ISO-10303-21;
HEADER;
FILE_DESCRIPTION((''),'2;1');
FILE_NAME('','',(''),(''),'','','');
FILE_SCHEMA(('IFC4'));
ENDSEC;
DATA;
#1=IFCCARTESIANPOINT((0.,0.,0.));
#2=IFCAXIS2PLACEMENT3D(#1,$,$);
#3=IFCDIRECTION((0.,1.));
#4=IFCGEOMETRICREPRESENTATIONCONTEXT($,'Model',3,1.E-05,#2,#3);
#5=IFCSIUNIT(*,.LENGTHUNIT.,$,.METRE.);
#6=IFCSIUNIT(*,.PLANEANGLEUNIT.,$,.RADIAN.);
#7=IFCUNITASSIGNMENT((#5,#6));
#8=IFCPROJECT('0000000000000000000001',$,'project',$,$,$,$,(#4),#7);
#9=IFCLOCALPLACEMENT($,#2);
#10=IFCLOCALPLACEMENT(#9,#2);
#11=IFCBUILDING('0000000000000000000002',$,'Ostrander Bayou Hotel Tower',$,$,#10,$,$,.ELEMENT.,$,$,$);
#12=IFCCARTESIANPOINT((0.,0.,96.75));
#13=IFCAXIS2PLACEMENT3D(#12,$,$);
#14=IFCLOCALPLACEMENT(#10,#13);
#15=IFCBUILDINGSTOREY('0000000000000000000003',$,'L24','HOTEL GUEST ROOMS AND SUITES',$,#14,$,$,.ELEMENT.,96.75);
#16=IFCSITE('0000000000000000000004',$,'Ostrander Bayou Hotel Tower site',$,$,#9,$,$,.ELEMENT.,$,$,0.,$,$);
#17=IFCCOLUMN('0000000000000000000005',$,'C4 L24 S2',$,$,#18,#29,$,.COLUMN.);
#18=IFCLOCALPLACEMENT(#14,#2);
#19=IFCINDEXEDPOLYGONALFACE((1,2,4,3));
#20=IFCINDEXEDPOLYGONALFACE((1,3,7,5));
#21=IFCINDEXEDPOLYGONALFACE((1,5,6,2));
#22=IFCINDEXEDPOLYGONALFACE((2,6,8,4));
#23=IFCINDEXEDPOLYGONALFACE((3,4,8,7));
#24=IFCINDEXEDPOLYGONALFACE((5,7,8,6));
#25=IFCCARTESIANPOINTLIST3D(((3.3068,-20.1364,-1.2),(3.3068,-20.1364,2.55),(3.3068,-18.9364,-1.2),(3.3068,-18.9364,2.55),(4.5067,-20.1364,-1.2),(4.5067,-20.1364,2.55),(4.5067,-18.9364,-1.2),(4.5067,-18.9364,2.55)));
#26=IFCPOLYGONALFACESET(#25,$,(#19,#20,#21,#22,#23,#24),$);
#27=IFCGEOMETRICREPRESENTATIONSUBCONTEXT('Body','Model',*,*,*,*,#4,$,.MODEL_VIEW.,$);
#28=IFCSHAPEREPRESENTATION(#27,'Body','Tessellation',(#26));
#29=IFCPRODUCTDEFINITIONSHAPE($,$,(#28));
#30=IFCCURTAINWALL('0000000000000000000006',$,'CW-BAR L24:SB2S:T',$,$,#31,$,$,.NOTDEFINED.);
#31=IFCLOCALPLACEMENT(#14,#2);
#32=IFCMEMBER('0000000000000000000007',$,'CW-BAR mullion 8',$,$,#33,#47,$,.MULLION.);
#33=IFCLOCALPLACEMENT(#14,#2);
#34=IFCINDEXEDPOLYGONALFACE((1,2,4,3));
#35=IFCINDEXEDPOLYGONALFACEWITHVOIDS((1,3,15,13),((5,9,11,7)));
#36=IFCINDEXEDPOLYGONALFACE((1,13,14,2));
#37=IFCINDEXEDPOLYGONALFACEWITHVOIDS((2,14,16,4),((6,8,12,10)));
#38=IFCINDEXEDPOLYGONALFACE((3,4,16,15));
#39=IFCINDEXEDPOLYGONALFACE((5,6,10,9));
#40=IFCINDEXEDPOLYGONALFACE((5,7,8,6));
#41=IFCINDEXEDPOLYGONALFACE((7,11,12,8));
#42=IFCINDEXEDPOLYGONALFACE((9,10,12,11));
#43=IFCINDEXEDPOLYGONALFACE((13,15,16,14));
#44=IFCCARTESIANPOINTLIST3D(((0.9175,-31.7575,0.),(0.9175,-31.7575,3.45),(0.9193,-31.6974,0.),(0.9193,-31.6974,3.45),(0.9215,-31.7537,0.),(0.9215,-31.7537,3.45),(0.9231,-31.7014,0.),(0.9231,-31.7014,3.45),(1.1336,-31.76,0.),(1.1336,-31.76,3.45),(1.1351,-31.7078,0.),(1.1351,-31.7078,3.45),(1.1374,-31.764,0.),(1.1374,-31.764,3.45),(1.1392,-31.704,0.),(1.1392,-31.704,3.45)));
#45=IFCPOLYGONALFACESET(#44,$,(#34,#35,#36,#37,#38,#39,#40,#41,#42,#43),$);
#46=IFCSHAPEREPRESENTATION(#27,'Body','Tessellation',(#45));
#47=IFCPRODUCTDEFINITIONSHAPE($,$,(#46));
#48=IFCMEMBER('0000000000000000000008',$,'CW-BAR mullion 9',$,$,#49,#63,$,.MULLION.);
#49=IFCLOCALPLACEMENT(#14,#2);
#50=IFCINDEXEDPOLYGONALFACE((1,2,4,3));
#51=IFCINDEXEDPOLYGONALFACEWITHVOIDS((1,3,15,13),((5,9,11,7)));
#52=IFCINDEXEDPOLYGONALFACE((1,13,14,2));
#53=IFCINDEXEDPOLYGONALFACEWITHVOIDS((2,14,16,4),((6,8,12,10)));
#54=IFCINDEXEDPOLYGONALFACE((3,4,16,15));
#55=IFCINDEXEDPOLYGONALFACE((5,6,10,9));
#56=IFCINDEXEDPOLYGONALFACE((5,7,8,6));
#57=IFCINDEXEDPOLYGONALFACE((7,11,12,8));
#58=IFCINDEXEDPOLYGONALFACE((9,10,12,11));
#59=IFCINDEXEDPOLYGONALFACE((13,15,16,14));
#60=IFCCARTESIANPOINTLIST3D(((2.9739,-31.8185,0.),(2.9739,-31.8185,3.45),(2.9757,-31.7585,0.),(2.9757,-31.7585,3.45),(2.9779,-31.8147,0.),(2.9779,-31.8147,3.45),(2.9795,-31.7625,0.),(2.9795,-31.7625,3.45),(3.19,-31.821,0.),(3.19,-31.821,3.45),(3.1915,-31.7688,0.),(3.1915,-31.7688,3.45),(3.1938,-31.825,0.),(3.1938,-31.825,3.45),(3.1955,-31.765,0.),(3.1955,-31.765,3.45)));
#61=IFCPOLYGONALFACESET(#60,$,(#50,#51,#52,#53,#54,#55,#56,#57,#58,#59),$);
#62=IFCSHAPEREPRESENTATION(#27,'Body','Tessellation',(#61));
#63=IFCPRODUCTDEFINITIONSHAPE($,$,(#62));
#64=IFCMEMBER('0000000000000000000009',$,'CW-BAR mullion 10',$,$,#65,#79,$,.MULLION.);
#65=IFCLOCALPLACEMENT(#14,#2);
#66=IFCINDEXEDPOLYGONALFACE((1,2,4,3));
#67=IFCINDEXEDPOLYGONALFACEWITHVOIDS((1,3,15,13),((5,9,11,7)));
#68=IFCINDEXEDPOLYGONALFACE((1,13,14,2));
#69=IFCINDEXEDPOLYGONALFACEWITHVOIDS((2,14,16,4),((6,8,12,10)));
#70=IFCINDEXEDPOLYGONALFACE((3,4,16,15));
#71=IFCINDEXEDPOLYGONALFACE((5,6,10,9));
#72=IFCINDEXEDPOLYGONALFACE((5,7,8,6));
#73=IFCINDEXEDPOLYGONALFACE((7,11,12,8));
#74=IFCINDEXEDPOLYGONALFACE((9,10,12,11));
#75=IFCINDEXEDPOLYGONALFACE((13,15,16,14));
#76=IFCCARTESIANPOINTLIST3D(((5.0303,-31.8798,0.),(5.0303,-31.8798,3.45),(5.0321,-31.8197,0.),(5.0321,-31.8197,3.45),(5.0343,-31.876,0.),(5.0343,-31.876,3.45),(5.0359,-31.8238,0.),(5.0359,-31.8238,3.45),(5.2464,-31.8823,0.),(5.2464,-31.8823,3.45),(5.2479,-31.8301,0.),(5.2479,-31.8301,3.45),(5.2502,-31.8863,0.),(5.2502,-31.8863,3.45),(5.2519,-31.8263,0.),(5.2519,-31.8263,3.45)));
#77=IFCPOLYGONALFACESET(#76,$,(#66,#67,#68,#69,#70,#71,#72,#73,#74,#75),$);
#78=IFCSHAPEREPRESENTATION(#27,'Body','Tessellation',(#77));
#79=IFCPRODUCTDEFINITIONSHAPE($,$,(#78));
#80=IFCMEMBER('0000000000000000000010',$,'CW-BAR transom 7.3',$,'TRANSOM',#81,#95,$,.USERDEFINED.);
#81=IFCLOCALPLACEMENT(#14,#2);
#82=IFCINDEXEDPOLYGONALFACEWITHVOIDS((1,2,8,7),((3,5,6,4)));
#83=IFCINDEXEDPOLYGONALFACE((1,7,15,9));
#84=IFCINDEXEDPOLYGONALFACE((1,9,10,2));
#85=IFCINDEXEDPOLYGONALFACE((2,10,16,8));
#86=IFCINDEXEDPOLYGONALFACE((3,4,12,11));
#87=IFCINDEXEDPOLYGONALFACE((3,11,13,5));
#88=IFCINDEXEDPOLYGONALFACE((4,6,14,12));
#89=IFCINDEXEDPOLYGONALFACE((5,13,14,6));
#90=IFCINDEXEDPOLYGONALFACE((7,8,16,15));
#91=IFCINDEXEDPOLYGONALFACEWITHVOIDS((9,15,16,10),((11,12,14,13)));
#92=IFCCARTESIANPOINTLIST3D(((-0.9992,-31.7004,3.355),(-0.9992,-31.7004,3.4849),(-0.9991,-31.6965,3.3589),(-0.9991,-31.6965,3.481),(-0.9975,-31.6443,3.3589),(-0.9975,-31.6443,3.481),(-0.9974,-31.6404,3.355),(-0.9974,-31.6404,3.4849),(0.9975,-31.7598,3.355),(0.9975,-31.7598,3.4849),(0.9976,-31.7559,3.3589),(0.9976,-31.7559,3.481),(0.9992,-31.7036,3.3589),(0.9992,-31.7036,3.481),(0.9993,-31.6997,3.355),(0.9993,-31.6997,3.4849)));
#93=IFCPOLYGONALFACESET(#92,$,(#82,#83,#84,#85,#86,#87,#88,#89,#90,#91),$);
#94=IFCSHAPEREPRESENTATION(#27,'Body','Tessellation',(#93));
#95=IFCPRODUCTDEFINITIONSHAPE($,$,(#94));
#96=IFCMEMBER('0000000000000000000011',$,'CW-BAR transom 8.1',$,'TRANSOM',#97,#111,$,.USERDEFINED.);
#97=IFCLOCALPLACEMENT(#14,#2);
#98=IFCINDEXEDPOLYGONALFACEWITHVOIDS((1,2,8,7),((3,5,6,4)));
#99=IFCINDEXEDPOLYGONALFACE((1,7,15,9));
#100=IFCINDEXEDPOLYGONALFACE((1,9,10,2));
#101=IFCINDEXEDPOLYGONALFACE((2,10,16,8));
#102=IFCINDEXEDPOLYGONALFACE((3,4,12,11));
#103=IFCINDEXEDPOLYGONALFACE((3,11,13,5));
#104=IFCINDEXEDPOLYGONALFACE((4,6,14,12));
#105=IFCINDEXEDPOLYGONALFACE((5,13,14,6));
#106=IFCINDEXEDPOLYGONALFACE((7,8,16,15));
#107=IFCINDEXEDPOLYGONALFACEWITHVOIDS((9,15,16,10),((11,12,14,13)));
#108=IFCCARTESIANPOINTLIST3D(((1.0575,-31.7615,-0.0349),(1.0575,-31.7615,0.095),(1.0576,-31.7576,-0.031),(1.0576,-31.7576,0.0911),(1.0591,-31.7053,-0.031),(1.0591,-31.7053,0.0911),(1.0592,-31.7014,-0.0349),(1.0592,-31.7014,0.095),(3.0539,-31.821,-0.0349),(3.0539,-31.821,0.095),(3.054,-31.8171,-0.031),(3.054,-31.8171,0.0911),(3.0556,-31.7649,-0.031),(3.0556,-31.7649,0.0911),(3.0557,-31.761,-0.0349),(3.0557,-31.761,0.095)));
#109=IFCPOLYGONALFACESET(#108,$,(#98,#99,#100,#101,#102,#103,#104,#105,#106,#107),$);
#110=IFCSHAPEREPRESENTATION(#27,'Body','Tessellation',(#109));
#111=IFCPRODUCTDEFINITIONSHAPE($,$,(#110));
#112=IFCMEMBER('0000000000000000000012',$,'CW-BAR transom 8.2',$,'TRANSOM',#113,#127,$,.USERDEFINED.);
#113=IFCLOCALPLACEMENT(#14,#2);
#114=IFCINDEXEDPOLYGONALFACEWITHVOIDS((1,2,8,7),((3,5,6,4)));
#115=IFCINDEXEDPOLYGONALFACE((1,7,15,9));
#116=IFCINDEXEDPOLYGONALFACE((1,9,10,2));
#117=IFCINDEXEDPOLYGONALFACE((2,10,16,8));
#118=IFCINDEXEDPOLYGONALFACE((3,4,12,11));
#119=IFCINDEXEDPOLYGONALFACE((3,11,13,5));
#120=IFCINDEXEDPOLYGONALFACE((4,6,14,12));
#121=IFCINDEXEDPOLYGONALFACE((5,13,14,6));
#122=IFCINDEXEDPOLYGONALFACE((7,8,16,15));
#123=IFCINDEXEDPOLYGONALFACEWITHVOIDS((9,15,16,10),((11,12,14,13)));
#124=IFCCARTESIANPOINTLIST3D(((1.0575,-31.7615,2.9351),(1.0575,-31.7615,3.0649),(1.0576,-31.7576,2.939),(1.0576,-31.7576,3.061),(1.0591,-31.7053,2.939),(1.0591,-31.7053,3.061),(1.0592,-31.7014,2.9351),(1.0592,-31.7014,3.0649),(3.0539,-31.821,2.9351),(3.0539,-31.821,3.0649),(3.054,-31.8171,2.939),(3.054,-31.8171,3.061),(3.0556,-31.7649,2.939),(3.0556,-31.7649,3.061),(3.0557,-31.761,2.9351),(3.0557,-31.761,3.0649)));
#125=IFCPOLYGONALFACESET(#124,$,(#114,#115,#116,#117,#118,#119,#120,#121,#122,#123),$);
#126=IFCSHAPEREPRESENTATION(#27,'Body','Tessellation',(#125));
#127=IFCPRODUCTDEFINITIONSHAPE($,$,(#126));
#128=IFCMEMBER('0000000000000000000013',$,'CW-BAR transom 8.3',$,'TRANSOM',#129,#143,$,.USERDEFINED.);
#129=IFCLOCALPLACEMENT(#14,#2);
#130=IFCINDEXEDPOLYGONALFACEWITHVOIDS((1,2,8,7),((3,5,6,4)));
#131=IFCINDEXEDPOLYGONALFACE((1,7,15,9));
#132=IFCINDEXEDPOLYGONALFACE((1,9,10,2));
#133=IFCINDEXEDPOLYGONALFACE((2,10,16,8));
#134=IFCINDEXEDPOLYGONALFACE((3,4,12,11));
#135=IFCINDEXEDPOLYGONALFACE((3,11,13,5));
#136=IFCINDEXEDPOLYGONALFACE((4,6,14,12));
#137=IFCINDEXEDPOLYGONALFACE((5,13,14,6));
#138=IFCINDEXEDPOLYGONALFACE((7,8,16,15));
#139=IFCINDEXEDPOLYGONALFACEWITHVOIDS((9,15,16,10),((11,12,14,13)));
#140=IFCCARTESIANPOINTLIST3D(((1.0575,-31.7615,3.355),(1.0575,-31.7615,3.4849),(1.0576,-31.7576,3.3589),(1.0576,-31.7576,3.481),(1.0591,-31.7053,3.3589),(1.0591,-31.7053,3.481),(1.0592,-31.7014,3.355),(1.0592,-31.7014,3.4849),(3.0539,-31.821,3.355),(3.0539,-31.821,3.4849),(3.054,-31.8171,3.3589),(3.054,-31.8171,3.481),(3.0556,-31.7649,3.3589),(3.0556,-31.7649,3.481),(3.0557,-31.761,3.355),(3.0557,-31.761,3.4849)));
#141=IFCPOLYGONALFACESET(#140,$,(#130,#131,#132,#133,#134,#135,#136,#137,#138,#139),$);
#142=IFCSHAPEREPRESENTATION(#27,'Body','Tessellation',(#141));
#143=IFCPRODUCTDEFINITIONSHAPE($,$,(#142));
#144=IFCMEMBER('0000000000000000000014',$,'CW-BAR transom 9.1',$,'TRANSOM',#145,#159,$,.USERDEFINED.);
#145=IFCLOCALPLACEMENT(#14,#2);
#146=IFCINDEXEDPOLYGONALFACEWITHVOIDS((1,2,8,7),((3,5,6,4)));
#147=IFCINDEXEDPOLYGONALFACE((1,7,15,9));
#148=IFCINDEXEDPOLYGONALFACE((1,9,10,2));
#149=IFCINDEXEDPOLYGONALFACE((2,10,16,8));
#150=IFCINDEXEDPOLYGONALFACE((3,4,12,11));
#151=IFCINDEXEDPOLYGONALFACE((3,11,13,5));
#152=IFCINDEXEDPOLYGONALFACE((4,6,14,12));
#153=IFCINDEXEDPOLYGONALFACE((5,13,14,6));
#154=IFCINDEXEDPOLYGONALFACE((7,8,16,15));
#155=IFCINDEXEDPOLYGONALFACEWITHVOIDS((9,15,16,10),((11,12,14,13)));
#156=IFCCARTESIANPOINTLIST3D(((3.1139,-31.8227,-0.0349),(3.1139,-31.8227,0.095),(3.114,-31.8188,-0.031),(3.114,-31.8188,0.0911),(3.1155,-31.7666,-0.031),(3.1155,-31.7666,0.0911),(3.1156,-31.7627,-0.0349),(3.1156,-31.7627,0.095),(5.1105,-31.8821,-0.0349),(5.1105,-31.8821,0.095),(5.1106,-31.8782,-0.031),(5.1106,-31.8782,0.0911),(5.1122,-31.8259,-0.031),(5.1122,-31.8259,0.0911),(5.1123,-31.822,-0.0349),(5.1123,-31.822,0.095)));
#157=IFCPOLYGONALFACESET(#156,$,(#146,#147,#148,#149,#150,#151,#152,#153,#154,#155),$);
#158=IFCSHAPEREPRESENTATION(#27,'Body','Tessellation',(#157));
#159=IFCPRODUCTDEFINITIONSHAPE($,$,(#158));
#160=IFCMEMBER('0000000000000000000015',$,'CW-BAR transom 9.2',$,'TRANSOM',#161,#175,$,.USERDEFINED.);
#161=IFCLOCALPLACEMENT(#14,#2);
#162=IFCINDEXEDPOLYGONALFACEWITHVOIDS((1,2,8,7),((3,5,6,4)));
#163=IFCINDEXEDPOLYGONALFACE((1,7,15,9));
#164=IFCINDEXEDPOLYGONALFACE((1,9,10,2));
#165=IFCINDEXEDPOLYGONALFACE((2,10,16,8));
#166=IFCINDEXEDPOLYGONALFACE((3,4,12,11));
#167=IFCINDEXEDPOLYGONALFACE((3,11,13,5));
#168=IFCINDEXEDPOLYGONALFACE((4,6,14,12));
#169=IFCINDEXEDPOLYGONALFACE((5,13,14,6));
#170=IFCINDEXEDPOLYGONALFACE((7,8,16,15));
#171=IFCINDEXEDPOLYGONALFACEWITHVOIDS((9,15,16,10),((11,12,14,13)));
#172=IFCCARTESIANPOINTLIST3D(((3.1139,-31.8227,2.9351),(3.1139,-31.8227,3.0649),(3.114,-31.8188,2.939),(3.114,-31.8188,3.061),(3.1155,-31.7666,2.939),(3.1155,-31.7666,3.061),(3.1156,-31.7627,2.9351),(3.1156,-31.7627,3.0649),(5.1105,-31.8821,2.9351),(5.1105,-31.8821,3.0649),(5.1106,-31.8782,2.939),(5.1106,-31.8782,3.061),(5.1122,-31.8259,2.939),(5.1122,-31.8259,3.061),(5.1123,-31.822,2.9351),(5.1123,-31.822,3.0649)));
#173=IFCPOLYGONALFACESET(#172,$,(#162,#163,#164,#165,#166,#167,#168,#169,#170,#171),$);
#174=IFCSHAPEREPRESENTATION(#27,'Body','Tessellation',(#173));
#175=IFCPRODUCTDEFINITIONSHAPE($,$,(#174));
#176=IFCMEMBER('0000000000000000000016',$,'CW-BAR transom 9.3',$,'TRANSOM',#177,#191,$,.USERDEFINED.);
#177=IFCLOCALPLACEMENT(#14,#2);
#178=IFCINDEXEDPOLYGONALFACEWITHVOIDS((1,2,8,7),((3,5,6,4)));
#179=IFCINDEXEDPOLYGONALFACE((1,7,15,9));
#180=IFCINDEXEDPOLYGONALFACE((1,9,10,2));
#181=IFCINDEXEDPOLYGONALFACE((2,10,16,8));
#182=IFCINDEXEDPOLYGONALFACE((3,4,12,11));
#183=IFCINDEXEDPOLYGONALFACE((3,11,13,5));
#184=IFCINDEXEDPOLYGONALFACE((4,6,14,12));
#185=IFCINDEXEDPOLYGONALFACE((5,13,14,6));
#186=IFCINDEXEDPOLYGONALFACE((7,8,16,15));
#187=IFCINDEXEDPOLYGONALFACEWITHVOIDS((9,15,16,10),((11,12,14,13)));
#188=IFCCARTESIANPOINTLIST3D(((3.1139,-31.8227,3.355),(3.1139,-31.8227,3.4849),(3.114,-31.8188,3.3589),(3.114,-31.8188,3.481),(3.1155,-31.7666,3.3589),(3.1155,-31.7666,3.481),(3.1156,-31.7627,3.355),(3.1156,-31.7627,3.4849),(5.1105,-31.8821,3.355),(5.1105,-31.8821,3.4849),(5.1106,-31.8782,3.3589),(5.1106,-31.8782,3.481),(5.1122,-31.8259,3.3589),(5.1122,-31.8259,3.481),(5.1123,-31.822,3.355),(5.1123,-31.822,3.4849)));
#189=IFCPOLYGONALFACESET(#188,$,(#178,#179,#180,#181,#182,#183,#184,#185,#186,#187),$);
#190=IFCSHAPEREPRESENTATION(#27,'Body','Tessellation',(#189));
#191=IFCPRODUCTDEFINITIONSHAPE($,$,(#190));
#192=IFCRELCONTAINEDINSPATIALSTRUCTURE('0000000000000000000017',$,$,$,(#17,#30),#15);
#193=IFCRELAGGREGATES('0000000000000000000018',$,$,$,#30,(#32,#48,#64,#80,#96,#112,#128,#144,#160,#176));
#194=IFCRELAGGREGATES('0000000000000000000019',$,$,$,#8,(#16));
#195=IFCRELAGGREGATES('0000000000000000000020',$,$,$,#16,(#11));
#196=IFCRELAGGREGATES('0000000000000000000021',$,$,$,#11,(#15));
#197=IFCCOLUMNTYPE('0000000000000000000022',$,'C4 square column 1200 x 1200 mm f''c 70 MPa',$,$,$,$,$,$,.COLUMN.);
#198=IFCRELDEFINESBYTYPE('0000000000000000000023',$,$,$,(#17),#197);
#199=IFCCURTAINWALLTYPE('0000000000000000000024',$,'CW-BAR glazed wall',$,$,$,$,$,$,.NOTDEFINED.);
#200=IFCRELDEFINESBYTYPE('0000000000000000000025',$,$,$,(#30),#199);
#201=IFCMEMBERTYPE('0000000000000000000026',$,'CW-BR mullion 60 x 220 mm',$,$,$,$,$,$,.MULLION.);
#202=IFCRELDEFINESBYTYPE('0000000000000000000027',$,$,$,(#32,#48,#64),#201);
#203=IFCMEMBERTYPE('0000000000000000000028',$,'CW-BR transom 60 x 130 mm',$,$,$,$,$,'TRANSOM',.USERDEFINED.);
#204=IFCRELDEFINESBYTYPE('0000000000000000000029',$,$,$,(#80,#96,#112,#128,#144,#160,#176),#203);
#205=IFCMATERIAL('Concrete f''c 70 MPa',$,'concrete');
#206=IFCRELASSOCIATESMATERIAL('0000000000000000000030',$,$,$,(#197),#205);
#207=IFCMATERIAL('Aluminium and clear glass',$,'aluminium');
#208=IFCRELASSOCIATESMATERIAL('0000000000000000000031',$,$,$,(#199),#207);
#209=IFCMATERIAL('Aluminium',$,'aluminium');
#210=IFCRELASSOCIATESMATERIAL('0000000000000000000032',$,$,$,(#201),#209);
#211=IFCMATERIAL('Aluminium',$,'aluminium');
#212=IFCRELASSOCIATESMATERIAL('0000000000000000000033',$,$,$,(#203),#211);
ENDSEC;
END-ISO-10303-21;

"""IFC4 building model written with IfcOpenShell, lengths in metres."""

from ifc_helpers import new_model, si_unit, direction, frame, origin, origin_2d, place, context, subcontext, project, spatial, rectangle, hollow_rectangle, extrude, material, material_profile, profile_set, type_object, element, aggregate, save


model = new_model("IFC4")

# Units and contexts
model_context = context("Model", 3, precision=1e-05, world=origin(), true_north=direction((0.0, 1.0)))
body_context = subcontext(model_context, "Body", "Model", "MODEL_VIEW")
ifc_project = project(units=[si_unit("LENGTHUNIT", "METRE"), si_unit("PLANEANGLEUNIT", "RADIAN")], contexts=[model_context])

# Site, building, storey
site_placement = place(None, origin())
site = spatial("IfcSite", under=ifc_project, at=site_placement, Name="Ostrander Bayou Hotel Tower site", CompositionType="ELEMENT", RefElevation=0.0)
building_placement = place(site_placement, origin())
building = spatial("IfcBuilding", under=site, at=building_placement, Name="Ostrander Bayou Hotel Tower", CompositionType="ELEMENT")
storey_placement = place(building_placement, frame((0.0, 0.0, 96.75)))
storey = spatial("IfcBuildingStorey", under=building, at=storey_placement, Name="L24", Description="HOTEL GUEST ROOMS AND SUITES", CompositionType="ELEMENT", Elevation=96.75)

# Column
ifc_material_1 = material(Name="Concrete f'c 70 MPa", Category="concrete")
ifc_material_profile_1 = material_profile(ifc_material_1, rectangle(XDim=1.2, YDim=1.2, at=origin_2d()))
ifc_profile_set_1 = profile_set([ifc_material_profile_1], Name="Concrete f'c 70 MPa")
column_type = type_object("IfcColumnType", Name="C4 square column 1200 x 1200 mm f'c 70 MPa", PredefinedType="COLUMN", material=ifc_profile_set_1)
column_placement = place(storey_placement, frame((3.9067, -19.5364, -1.2), z_axis=(0.0, 0.0, 1.0), x_axis=(-1.0, 0.0, 0.0)))
element("IfcColumn", 1, at=column_placement, inside=storey, type_object=column_type, Name="C4 L24 S2", PredefinedType="COLUMN", context=body_context, shape_type="SweptSolid", body=[
    extrude(rectangle(XDim=1.2, YDim=1.2, at=origin_2d()), origin(), (0.0, 0.0, 1.0), 3.75),
])

# Curtain wall, members
ifc_material_2 = material(Name="Aluminium and clear glass", Category="aluminium")
curtain_wall_type = type_object("IfcCurtainWallType", Name="CW-BAR glazed wall", PredefinedType="NOTDEFINED", material=ifc_material_2)
curtain_wall_placement = place(storey_placement, origin())
curtain_wall = element("IfcCurtainWall", 2, at=curtain_wall_placement, inside=storey, type_object=curtain_wall_type, Name="CW-BAR L24:SB2S:T", PredefinedType="NOTDEFINED")
ifc_material_3 = material(Name="Aluminium", Category="aluminium")
ifc_material_profile_2 = material_profile(ifc_material_3, hollow_rectangle(XDim=0.0601, YDim=0.22, WallThickness=0.0039, at=origin_2d()))
ifc_profile_set_2 = profile_set([ifc_material_profile_2], Name="Aluminium")
member_type_1 = type_object("IfcMemberType", Name="CW-BR mullion 60 x 220 mm", PredefinedType="MULLION", material=ifc_profile_set_2)
member_1_placement = place(storey_placement, frame((1.0283, -31.7307, 0.0), z_axis=(0.0, 0.0, 1.0), x_axis=(0.029746, 0.999557, 0.0)))
member_1 = element("IfcMember", 3, at=member_1_placement, type_object=member_type_1, Name="CW-BAR mullion 8", PredefinedType="MULLION", context=body_context, shape_type="SweptSolid", body=[
    extrude(hollow_rectangle(XDim=0.0601, YDim=0.22, WallThickness=0.0039, at=origin_2d()), origin(), (0.0, 0.0, 1.0), 3.45),
])
member_2_placement = place(storey_placement, frame((3.0847, -31.7917, 0.0), z_axis=(0.0, 0.0, 1.0), x_axis=(0.029746, 0.999557, 0.0)))
member_2 = element("IfcMember", 4, at=member_2_placement, type_object=member_type_1, Name="CW-BAR mullion 9", PredefinedType="MULLION", context=body_context, shape_type="SweptSolid", body=[
    extrude(hollow_rectangle(XDim=0.0601, YDim=0.22, WallThickness=0.0039, at=origin_2d()), origin(), (0.0, 0.0, 1.0), 3.45),
])
member_3_placement = place(storey_placement, frame((5.1411, -31.853, 0.0), z_axis=(0.0, 0.0, 1.0), x_axis=(0.029746, 0.999557, 0.0)))
member_3 = element("IfcMember", 5, at=member_3_placement, type_object=member_type_1, Name="CW-BAR mullion 10", PredefinedType="MULLION", context=body_context, shape_type="SweptSolid", body=[
    extrude(hollow_rectangle(XDim=0.0601, YDim=0.22, WallThickness=0.0039, at=origin_2d()), origin(), (0.0, 0.0, 1.0), 3.45),
])
ifc_material_4 = material(Name="Aluminium", Category="aluminium")
ifc_material_profile_3 = material_profile(ifc_material_4, hollow_rectangle(XDim=0.0601, YDim=0.1299, WallThickness=0.0039, at=origin_2d()))
ifc_profile_set_3 = profile_set([ifc_material_profile_3], Name="Aluminium")
member_type_2 = type_object("IfcMemberType", Name="CW-BR transom 60 x 130 mm", ElementType="TRANSOM", PredefinedType="USERDEFINED", material=ifc_profile_set_3)
member_4_placement = place(storey_placement, frame((-0.9983, -31.6704, 3.4199), z_axis=(0.999559, -0.029701, 0.0), x_axis=(0.029701, 0.999559, 0.0)))
member_4 = element("IfcMember", 6, at=member_4_placement, type_object=member_type_2, Name="CW-BAR transom 7.3", ObjectType="TRANSOM", PredefinedType="USERDEFINED", context=body_context, shape_type="SweptSolid", body=[
    extrude(hollow_rectangle(XDim=0.0601, YDim=0.1299, WallThickness=0.0039, at=origin_2d()), origin(), (0.0, 0.0, 1.0), 1.9976),
])
member_5_placement = place(storey_placement, frame((1.0583, -31.7314, 0.03), z_axis=(0.999555, -0.029827, 0.0), x_axis=(0.029827, 0.999555, 0.0)))
member_5 = element("IfcMember", 7, at=member_5_placement, type_object=member_type_2, Name="CW-BAR transom 8.1", ObjectType="TRANSOM", PredefinedType="USERDEFINED", context=body_context, shape_type="SweptSolid", body=[
    extrude(hollow_rectangle(XDim=0.0601, YDim=0.1299, WallThickness=0.0039, at=origin_2d()), origin(), (0.0, 0.0, 1.0), 1.9973),
])
member_6_placement = place(storey_placement, frame((1.0583, -31.7314, 3.0), z_axis=(0.999555, -0.029827, 0.0), x_axis=(0.029827, 0.999555, 0.0)))
member_6 = element("IfcMember", 8, at=member_6_placement, type_object=member_type_2, Name="CW-BAR transom 8.2", ObjectType="TRANSOM", PredefinedType="USERDEFINED", context=body_context, shape_type="SweptSolid", body=[
    extrude(hollow_rectangle(XDim=0.0601, YDim=0.1299, WallThickness=0.0039, at=origin_2d()), origin(), (0.0, 0.0, 1.0), 1.9973),
])
member_7_placement = place(storey_placement, frame((1.0583, -31.7314, 3.4199), z_axis=(0.999555, -0.029827, 0.0), x_axis=(0.029827, 0.999555, 0.0)))
member_7 = element("IfcMember", 9, at=member_7_placement, type_object=member_type_2, Name="CW-BAR transom 8.3", ObjectType="TRANSOM", PredefinedType="USERDEFINED", context=body_context, shape_type="SweptSolid", body=[
    extrude(hollow_rectangle(XDim=0.0601, YDim=0.1299, WallThickness=0.0039, at=origin_2d()), origin(), (0.0, 0.0, 1.0), 1.9973),
])
member_8_placement = place(storey_placement, frame((3.1147, -31.7927, 0.03), z_axis=(0.999559, -0.029701, 0.0), x_axis=(0.029701, 0.999559, 0.0)))
member_8 = element("IfcMember", 10, at=member_8_placement, type_object=member_type_2, Name="CW-BAR transom 9.1", ObjectType="TRANSOM", PredefinedType="USERDEFINED", context=body_context, shape_type="SweptSolid", body=[
    extrude(hollow_rectangle(XDim=0.0601, YDim=0.1299, WallThickness=0.0039, at=origin_2d()), origin(), (0.0, 0.0, 1.0), 1.9976),
])
member_9_placement = place(storey_placement, frame((3.1147, -31.7927, 3.0), z_axis=(0.999559, -0.029701, 0.0), x_axis=(0.029701, 0.999559, 0.0)))
member_9 = element("IfcMember", 11, at=member_9_placement, type_object=member_type_2, Name="CW-BAR transom 9.2", ObjectType="TRANSOM", PredefinedType="USERDEFINED", context=body_context, shape_type="SweptSolid", body=[
    extrude(hollow_rectangle(XDim=0.0601, YDim=0.1299, WallThickness=0.0039, at=origin_2d()), origin(), (0.0, 0.0, 1.0), 1.9976),
])
member_10_placement = place(storey_placement, frame((3.1147, -31.7927, 3.4199), z_axis=(0.999559, -0.029701, 0.0), x_axis=(0.029701, 0.999559, 0.0)))
member_10 = element("IfcMember", 12, at=member_10_placement, type_object=member_type_2, Name="CW-BAR transom 9.3", ObjectType="TRANSOM", PredefinedType="USERDEFINED", context=body_context, shape_type="SweptSolid", body=[
    extrude(hollow_rectangle(XDim=0.0601, YDim=0.1299, WallThickness=0.0039, at=origin_2d()), origin(), (0.0, 0.0, 1.0), 1.9976),
])
aggregate(curtain_wall, [member_1, member_2, member_3, member_4, member_5, member_6, member_7, member_8, member_9, member_10])

save(model, "model.ifc")
